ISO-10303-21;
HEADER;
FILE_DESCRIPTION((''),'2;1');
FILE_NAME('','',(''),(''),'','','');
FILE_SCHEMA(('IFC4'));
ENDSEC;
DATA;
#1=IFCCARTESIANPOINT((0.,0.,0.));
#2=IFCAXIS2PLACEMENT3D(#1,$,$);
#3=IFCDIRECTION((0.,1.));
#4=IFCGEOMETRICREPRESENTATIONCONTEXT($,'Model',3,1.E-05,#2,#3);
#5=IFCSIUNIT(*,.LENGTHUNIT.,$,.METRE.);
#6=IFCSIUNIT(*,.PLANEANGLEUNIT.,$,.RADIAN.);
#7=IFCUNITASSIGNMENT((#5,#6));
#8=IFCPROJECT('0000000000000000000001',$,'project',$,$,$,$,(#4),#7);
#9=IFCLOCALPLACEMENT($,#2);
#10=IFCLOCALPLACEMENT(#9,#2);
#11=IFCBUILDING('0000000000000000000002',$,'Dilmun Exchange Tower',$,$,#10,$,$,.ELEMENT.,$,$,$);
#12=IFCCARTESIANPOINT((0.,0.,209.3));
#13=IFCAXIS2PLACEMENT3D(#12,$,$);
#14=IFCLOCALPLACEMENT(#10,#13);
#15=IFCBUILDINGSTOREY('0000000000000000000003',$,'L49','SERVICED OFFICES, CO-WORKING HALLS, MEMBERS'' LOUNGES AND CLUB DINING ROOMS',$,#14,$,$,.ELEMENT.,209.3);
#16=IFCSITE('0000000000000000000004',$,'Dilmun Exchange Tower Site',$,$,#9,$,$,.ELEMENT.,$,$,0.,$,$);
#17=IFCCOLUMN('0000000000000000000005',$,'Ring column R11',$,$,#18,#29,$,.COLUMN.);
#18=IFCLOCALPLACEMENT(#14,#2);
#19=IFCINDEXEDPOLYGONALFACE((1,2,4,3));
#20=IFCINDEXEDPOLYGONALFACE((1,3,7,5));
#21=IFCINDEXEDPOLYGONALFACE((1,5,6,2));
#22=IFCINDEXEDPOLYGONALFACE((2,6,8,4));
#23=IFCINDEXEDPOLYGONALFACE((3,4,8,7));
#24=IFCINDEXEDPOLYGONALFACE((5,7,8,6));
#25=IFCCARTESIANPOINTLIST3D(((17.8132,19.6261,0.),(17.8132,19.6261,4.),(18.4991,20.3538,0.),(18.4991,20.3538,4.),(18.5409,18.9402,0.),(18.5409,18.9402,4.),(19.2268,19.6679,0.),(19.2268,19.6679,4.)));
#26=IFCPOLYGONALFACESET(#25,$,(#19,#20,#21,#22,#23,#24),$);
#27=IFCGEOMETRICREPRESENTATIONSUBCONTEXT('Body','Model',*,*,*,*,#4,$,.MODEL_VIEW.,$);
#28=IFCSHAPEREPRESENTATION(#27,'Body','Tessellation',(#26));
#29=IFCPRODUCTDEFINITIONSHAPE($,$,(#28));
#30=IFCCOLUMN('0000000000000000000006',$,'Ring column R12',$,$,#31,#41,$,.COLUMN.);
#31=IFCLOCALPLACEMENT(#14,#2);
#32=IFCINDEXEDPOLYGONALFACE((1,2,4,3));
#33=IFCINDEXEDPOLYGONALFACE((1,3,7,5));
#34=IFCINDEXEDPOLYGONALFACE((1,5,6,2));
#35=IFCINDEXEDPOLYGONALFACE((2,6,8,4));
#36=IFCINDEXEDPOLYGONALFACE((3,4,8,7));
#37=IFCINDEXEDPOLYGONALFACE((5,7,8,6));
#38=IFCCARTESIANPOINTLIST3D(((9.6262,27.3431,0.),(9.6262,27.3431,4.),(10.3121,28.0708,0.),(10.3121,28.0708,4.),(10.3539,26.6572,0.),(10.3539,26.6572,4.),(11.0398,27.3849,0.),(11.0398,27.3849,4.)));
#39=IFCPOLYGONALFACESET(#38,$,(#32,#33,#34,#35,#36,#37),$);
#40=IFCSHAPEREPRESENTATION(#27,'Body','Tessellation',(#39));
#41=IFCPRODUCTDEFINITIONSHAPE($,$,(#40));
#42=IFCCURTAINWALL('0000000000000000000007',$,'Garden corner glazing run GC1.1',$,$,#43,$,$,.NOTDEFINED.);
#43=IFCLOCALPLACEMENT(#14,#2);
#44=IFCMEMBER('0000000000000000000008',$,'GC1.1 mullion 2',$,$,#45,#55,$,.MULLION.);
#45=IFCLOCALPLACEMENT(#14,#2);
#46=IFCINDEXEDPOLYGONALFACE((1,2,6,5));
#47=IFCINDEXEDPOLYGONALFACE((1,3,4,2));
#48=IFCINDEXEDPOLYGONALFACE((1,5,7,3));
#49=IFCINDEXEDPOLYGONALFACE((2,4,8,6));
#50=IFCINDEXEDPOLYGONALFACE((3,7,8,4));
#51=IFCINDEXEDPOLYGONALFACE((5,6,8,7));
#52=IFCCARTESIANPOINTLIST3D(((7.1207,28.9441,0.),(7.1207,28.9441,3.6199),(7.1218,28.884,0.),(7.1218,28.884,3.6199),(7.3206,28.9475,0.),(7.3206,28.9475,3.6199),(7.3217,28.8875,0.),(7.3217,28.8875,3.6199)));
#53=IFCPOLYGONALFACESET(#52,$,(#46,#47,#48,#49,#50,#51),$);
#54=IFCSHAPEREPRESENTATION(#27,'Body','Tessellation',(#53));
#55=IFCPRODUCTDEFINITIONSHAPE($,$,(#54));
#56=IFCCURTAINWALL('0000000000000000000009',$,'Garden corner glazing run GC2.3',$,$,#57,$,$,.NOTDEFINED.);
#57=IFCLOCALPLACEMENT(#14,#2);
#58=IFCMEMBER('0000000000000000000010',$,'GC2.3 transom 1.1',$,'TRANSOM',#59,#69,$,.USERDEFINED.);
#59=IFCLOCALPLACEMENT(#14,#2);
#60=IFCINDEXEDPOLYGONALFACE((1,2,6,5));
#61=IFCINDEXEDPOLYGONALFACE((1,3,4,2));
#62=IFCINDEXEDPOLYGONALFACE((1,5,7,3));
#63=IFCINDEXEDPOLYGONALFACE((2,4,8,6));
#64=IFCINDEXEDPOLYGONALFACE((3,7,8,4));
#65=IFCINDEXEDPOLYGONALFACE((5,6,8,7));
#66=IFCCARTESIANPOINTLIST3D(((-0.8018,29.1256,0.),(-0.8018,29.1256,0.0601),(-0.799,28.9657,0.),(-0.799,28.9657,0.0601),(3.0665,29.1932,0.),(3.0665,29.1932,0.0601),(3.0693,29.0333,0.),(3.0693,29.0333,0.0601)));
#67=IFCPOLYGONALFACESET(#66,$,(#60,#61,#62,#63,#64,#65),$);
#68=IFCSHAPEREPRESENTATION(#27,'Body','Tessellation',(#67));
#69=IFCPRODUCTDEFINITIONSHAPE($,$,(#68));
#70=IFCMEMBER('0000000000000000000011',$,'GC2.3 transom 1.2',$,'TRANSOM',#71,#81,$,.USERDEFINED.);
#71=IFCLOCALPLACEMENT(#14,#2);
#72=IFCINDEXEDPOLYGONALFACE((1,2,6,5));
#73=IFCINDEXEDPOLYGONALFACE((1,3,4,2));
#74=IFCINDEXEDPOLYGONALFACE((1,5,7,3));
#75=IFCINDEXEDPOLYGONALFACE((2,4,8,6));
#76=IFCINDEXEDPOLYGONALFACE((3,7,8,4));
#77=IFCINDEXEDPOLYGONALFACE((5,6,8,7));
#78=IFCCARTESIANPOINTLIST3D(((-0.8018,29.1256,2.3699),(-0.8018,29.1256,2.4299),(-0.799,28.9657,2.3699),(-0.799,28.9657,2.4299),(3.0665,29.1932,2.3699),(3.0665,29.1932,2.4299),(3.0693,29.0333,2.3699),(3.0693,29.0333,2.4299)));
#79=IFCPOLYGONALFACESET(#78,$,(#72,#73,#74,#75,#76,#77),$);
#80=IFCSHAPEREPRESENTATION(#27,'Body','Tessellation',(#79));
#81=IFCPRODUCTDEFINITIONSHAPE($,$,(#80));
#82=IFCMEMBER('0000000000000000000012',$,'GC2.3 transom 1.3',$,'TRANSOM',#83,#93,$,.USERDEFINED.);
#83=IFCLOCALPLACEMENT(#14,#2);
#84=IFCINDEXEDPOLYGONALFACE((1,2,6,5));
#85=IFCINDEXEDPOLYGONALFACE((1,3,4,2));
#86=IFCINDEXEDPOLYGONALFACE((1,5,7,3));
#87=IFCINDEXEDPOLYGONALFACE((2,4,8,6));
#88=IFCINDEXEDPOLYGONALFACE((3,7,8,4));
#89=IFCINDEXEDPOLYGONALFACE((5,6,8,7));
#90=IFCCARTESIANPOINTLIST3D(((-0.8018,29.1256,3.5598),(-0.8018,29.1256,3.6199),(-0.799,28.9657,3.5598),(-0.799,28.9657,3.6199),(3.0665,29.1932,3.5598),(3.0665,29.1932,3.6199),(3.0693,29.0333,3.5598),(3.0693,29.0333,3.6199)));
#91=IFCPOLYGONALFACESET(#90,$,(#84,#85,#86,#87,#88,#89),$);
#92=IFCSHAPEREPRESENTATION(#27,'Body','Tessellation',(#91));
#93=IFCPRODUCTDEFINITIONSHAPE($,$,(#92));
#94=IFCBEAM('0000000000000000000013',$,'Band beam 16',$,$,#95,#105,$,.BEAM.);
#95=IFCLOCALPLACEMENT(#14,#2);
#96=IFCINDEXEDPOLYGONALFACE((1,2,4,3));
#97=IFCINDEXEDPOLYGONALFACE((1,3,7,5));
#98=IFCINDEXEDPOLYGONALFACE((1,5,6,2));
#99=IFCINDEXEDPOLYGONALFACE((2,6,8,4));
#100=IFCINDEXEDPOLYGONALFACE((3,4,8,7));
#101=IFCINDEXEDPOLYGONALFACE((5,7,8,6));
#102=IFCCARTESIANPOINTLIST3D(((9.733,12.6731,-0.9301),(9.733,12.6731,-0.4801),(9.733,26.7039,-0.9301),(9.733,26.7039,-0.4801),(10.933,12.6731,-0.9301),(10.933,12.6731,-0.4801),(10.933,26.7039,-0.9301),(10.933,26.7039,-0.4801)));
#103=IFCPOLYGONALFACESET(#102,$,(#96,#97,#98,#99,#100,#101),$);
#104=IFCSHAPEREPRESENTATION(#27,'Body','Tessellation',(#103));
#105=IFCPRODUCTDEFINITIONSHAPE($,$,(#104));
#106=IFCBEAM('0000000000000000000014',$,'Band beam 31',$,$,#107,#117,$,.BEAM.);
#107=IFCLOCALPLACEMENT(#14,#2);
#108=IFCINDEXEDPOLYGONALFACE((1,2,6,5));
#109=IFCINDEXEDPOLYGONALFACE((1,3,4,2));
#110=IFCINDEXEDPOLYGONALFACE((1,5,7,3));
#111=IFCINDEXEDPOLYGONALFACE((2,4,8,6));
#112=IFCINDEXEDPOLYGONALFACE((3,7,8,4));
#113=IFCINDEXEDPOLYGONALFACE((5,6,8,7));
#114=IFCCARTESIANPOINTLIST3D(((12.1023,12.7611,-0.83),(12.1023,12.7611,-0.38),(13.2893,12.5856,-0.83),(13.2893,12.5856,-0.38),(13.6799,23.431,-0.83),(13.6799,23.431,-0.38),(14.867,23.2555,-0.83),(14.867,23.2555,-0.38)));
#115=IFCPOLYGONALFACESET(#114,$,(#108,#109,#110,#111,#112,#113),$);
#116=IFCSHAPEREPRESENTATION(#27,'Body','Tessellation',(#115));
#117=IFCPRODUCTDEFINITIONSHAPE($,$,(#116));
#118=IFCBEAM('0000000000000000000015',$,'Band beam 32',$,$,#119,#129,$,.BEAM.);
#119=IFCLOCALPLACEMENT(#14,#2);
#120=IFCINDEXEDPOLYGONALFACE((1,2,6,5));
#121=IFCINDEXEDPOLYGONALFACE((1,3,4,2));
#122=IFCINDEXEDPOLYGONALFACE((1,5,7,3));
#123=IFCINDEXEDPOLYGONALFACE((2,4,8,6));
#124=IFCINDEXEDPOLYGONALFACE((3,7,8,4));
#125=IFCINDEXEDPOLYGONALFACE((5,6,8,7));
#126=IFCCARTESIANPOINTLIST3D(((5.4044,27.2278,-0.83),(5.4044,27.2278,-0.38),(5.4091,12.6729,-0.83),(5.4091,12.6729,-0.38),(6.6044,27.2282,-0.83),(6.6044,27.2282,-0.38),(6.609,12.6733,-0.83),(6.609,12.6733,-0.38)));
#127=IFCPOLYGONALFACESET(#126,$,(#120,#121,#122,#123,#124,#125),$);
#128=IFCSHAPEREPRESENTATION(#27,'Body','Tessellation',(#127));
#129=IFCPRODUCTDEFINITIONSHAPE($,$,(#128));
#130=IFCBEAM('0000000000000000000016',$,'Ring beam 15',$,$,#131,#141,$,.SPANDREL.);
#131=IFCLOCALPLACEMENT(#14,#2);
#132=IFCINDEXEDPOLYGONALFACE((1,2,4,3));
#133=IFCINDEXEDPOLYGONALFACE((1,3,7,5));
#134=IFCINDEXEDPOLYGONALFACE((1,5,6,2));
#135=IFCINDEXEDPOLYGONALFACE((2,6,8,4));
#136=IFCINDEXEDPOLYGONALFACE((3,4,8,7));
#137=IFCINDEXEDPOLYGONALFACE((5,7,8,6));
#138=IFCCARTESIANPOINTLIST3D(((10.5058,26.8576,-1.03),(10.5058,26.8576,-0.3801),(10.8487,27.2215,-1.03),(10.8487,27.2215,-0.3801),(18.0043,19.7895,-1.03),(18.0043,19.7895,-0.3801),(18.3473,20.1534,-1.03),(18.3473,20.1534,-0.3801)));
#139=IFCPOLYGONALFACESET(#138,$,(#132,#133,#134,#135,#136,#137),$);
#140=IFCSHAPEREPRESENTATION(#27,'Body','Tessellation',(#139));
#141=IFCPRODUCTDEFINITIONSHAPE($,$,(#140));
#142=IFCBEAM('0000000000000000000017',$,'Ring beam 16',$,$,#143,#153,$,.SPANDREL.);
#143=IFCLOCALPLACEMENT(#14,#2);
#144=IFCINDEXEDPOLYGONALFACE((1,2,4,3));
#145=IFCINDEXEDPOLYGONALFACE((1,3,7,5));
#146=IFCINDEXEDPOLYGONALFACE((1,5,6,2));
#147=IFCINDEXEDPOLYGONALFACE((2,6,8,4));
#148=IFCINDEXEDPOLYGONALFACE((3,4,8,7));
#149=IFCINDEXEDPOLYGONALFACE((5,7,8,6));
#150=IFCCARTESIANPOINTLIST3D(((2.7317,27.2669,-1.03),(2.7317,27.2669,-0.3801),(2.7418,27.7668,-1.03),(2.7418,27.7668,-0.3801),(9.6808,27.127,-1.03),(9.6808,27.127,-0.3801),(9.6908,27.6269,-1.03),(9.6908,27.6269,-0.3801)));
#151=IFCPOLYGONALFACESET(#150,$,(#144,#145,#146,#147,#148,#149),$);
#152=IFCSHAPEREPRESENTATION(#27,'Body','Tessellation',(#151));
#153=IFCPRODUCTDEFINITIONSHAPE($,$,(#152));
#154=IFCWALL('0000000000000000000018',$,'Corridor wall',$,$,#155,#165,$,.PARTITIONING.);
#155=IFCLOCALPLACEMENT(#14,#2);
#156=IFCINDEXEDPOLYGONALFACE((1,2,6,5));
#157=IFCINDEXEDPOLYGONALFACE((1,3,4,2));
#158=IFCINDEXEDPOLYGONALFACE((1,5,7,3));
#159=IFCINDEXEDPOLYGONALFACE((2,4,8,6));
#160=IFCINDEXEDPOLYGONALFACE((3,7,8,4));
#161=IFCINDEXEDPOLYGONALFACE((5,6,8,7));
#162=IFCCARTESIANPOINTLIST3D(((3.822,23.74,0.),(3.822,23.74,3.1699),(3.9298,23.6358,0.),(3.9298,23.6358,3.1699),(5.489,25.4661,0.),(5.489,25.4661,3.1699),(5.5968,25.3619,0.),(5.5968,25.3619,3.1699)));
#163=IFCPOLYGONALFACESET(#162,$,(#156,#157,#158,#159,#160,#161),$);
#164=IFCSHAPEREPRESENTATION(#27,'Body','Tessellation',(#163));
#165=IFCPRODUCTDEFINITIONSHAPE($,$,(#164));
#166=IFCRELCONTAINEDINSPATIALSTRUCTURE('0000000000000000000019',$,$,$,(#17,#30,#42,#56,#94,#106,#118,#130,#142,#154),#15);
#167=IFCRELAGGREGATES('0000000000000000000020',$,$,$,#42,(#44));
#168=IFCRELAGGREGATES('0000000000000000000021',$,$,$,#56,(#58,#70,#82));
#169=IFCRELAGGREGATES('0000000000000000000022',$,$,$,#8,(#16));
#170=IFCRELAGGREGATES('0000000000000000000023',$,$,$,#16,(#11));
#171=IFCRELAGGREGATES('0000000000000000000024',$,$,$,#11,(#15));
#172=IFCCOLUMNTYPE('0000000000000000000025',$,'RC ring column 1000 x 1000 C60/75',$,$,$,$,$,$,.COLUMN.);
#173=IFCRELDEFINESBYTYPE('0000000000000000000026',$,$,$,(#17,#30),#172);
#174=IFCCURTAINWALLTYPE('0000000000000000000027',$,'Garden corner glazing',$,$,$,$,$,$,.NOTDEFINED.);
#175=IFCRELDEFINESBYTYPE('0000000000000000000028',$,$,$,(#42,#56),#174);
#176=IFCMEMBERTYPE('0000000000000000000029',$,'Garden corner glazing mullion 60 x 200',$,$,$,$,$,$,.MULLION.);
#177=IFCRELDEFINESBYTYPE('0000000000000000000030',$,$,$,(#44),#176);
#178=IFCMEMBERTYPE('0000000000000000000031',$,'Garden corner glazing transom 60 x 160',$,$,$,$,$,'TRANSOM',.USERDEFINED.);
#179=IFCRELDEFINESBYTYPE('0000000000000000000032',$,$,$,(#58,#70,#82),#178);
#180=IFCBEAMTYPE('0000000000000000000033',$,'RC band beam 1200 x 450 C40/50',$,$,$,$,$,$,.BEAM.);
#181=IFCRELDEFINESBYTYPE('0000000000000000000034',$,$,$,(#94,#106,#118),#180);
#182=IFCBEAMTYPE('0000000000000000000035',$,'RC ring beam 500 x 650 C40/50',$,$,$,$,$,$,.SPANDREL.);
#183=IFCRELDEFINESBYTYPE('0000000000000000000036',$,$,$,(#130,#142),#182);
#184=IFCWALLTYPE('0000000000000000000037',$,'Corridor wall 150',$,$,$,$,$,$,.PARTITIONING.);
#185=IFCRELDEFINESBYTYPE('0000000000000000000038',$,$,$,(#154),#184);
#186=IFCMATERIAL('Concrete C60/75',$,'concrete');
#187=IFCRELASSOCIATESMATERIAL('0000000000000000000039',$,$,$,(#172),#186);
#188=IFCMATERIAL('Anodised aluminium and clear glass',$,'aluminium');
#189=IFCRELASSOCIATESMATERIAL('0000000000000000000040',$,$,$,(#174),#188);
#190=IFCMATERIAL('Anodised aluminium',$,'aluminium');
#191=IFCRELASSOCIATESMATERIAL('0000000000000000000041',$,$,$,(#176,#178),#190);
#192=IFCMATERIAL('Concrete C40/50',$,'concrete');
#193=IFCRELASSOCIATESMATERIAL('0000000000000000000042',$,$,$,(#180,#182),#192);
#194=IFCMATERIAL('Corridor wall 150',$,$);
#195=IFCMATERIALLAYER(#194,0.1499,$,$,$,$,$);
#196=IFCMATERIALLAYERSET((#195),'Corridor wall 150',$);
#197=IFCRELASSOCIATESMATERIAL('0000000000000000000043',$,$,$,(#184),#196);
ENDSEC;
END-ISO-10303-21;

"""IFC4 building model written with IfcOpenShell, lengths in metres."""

from ifc_helpers import new_model, si_unit, direction, frame, frame_2d, origin, origin_2d, place, context, subcontext, project, spatial, rectangle, extrude, material, layer, layer_set, material_profile, profile_set, type_object, element, aggregate, save


model = new_model("IFC4")

# Units and contexts
model_context = context("Model", 3, precision=1e-05, world=origin(), true_north=direction((0.0, 1.0)))
body_context = subcontext(model_context, "Body", "Model", "MODEL_VIEW")
ifc_project = project(units=[si_unit("LENGTHUNIT", "METRE"), si_unit("PLANEANGLEUNIT", "RADIAN")], contexts=[model_context])

# Site, building, storey
site_placement = place(None, origin())
site = spatial("IfcSite", under=ifc_project, at=site_placement, Name="Dilmun Exchange Tower Site", CompositionType="ELEMENT", RefElevation=0.0)
building_placement = place(site_placement, origin())
building = spatial("IfcBuilding", under=site, at=building_placement, Name="Dilmun Exchange Tower", CompositionType="ELEMENT")
storey_placement = place(building_placement, frame((0.0, 0.0, 209.3)))
storey = spatial("IfcBuildingStorey", under=building, at=storey_placement, Name="L49", Description="SERVICED OFFICES, CO-WORKING HALLS, MEMBERS' LOUNGES AND CLUB DINING ROOMS", CompositionType="ELEMENT", Elevation=209.3)

# Columns
ifc_material_1 = material(Name="Concrete C60/75", Category="concrete")
ifc_material_profile_1 = material_profile(ifc_material_1, rectangle(XDim=1.0, YDim=1.0, at=origin_2d()), Name="1000 x 1000")
ifc_profile_set_1 = profile_set([ifc_material_profile_1], Name="Concrete C60/75")
column_type = type_object("IfcColumnType", Name="RC ring column 1000 x 1000 C60/75", PredefinedType="COLUMN", material=ifc_profile_set_1)
for number, where, z_axis, x_axis, name in (
    (1, (18.52, 19.647, 0.0), (0.0, 0.0, 1.0), (0.685916, 0.727681, 0.0), "Ring column R11"),
    (2, (10.333, 27.364, 0.0), (0.0, 0.0, 1.0), (0.685916, 0.727681, 0.0), "Ring column R12"),
):
    element("IfcColumn", number, at=place(storey_placement, frame(where, z_axis=z_axis, x_axis=x_axis)), inside=storey, type_object=column_type, Name=name, PredefinedType="COLUMN", context=body_context, shape_type="SweptSolid", body=[
        extrude(rectangle(XDim=1.0, YDim=1.0, at=origin_2d()), origin(), (0.0, 0.0, 1.0), 4.0),
    ])

# Curtain wall, member
ifc_material_2 = material(Name="Anodised aluminium and clear glass", Category="aluminium")
curtain_wall_type = type_object("IfcCurtainWallType", Name="Garden corner glazing", PredefinedType="NOTDEFINED", material=ifc_material_2)
curtain_wall_1_placement = place(storey_placement, origin())
curtain_wall_1 = element("IfcCurtainWall", 3, at=curtain_wall_1_placement, inside=storey, type_object=curtain_wall_type, Name="Garden corner glazing run GC1.1", PredefinedType="NOTDEFINED")
ifc_material_3 = material(Name="Anodised aluminium", Category="aluminium")
ifc_material_profile_2 = material_profile(ifc_material_3, rectangle(XDim=0.2, YDim=0.0601, at=origin_2d()), Name="AL 60x200")
ifc_profile_set_2 = profile_set([ifc_material_profile_2], Name="Anodised aluminium")
member_type_1 = type_object("IfcMemberType", Name="Garden corner glazing mullion 60 x 200", PredefinedType="MULLION", material=ifc_profile_set_2)
member_1_placement = place(storey_placement, frame((7.2212, 28.9158, 0.0), z_axis=(0.0, 0.0, 1.0), x_axis=(0.999848, 0.01745, 0.0)))
member_1 = element("IfcMember", 4, at=member_1_placement, type_object=member_type_1, Name="GC1.1 mullion 2", PredefinedType="MULLION", context=body_context, shape_type="SweptSolid", body=[
    extrude(rectangle(XDim=0.2, YDim=0.0601, at=origin_2d()), origin(), (0.0, 0.0, 1.0), 3.6199),
])
aggregate(curtain_wall_1, [member_1])

# Curtain wall, members
curtain_wall_2_placement = place(storey_placement, origin())
curtain_wall_2 = element("IfcCurtainWall", 5, at=curtain_wall_2_placement, inside=storey, type_object=curtain_wall_type, Name="Garden corner glazing run GC2.3", PredefinedType="NOTDEFINED")
ifc_material_profile_3 = material_profile(ifc_material_3, rectangle(XDim=0.1599, YDim=0.0601, at=origin_2d()), Name="AL 60x160")
ifc_profile_set_3 = profile_set([ifc_material_profile_3], Name="Anodised aluminium")
member_type_2 = type_object("IfcMemberType", Name="Garden corner glazing transom 60 x 160", ElementType="TRANSOM", PredefinedType="USERDEFINED", material=ifc_profile_set_3)
member_2_placement = place(storey_placement, frame((3.0679, 29.1133, 0.03), z_axis=(-0.999847, -0.017479, 0.0), x_axis=(0.017479, -0.999847, 0.0)))
member_2 = element("IfcMember", 6, at=member_2_placement, type_object=member_type_2, Name="GC2.3 transom 1.1", ObjectType="TRANSOM", PredefinedType="USERDEFINED", context=body_context, shape_type="SweptSolid", body=[
    extrude(rectangle(XDim=0.1599, YDim=0.0601, at=origin_2d()), origin(), (0.0, 0.0, 1.0), 3.8689),
])
member_3_placement = place(storey_placement, frame((3.0679, 29.1133, 2.3999), z_axis=(-0.999847, -0.017479, 0.0), x_axis=(0.017479, -0.999847, 0.0)))
member_3 = element("IfcMember", 7, at=member_3_placement, type_object=member_type_2, Name="GC2.3 transom 1.2", ObjectType="TRANSOM", PredefinedType="USERDEFINED", context=body_context, shape_type="SweptSolid", body=[
    extrude(rectangle(XDim=0.1599, YDim=0.0601, at=origin_2d()), origin(), (0.0, 0.0, 1.0), 3.8689),
])
member_4_placement = place(storey_placement, frame((3.0679, 29.1133, 3.5898), z_axis=(-0.999847, -0.017479, 0.0), x_axis=(0.017479, -0.999847, 0.0)))
member_4 = element("IfcMember", 8, at=member_4_placement, type_object=member_type_2, Name="GC2.3 transom 1.3", ObjectType="TRANSOM", PredefinedType="USERDEFINED", context=body_context, shape_type="SweptSolid", body=[
    extrude(rectangle(XDim=0.1599, YDim=0.0601, at=origin_2d()), origin(), (0.0, 0.0, 1.0), 3.8689),
])
aggregate(curtain_wall_2, [member_2, member_3, member_4])

# Beams
ifc_material_4 = material(Name="Concrete C40/50", Category="concrete")
ifc_material_profile_4 = material_profile(ifc_material_4, rectangle(XDim=1.2, YDim=0.45, at=origin_2d()), Name="1200 x 450")
ifc_profile_set_4 = profile_set([ifc_material_profile_4], Name="Concrete C40/50")
beam_type_1 = type_object("IfcBeamType", Name="RC band beam 1200 x 450 C40/50", PredefinedType="BEAM", material=ifc_profile_set_4)
beam_1_placement = place(storey_placement, frame((10.333, 26.7039, -0.7051), z_axis=(0.0, -1.0, 0.0), x_axis=(1.0, 0.0, 0.0)))
element("IfcBeam", 9, at=beam_1_placement, inside=storey, type_object=beam_type_1, Name="Band beam 16", PredefinedType="BEAM", context=body_context, shape_type="SweptSolid", body=[
    extrude(rectangle(XDim=1.2, YDim=0.45, at=origin_2d()), origin(), (0.0, 0.0, 1.0), 14.0308),
])
beam_2_placement = place(storey_placement, frame((14.2734, 23.3433, -0.605), z_axis=(-0.146268, -0.989245, 0.0), x_axis=(0.989245, -0.146268, 0.0)))
element("IfcBeam", 10, at=beam_2_placement, inside=storey, type_object=beam_type_1, Name="Band beam 31", PredefinedType="BEAM", context=body_context, shape_type="SweptSolid", body=[
    extrude(rectangle(XDim=1.2, YDim=0.45, at=origin_2d()), origin(), (0.0, 0.0, 1.0), 10.7859),
])
beam_3_placement = place(storey_placement, frame((6.0044, 27.228, -0.605), z_axis=(0.000319, -1.0, 0.0), x_axis=(1.0, 0.000319, 0.0)))
element("IfcBeam", 11, at=beam_3_placement, inside=storey, type_object=beam_type_1, Name="Band beam 32", PredefinedType="BEAM", context=body_context, shape_type="SweptSolid", body=[
    extrude(rectangle(XDim=1.2, YDim=0.45, at=origin_2d()), origin(), (0.0, 0.0, 1.0), 14.5549),
])
ifc_material_profile_5 = material_profile(ifc_material_4, rectangle(XDim=0.5, YDim=0.6499, at=origin_2d()), Name="500 x 650")
ifc_profile_set_5 = profile_set([ifc_material_profile_5], Name="Concrete C40/50")
beam_type_2 = type_object("IfcBeamType", Name="RC ring beam 500 x 650 C40/50", PredefinedType="SPANDREL", material=ifc_profile_set_5)
beam_4_placement = place(storey_placement, frame((18.1758, 19.9714, -0.7051), z_axis=(-0.727683, 0.685914, 0.0), x_axis=(-0.685914, -0.727683, 0.0)))
element("IfcBeam", 12, at=beam_4_placement, inside=storey, type_object=beam_type_2, Name="Ring beam 15", PredefinedType="SPANDREL", context=body_context, shape_type="SweptSolid", body=[
    extrude(rectangle(XDim=0.5, YDim=0.6499, at=origin_2d()), origin(), (0.0, 0.0, 1.0), 10.3047),
])
beam_5_placement = place(storey_placement, frame((9.6858, 27.377, -0.7051), z_axis=(-0.999797, 0.020127, 0.0), x_axis=(-0.020127, -0.999797, 0.0)))
element("IfcBeam", 13, at=beam_5_placement, inside=storey, type_object=beam_type_2, Name="Ring beam 16", PredefinedType="SPANDREL", context=body_context, shape_type="SweptSolid", body=[
    extrude(rectangle(XDim=0.5, YDim=0.6499, at=origin_2d()), origin(), (0.0, 0.0, 1.0), 6.9504),
])

# Wall
ifc_material_5 = material(Name="Corridor wall 150")
ifc_layer_1 = layer(ifc_material_5, 0.1499)
ifc_layer_set_1 = layer_set([ifc_layer_1], Name="Corridor wall 150")
wall_type_1 = type_object("IfcWallType", Name="Corridor wall 150", PredefinedType="PARTITIONING", material=ifc_layer_set_1)
wall_1_placement = place(storey_placement, frame((3.876, 23.688, 0.0), z_axis=(0.0, 0.0, 1.0), x_axis=(0.694689, 0.71931, 0.0)))
element("IfcWall", 14, at=wall_1_placement, inside=storey, type_object=wall_type_1, Name="Corridor wall", PredefinedType="PARTITIONING", context=body_context, shape_type="SweptSolid", body=[
    extrude(rectangle(XDim=2.3997, YDim=0.1499, at=frame_2d((1.1997, 0.0))), origin(), (0.0, 0.0, 1.0), 3.1699),
])

save(model, "model.ifc")
